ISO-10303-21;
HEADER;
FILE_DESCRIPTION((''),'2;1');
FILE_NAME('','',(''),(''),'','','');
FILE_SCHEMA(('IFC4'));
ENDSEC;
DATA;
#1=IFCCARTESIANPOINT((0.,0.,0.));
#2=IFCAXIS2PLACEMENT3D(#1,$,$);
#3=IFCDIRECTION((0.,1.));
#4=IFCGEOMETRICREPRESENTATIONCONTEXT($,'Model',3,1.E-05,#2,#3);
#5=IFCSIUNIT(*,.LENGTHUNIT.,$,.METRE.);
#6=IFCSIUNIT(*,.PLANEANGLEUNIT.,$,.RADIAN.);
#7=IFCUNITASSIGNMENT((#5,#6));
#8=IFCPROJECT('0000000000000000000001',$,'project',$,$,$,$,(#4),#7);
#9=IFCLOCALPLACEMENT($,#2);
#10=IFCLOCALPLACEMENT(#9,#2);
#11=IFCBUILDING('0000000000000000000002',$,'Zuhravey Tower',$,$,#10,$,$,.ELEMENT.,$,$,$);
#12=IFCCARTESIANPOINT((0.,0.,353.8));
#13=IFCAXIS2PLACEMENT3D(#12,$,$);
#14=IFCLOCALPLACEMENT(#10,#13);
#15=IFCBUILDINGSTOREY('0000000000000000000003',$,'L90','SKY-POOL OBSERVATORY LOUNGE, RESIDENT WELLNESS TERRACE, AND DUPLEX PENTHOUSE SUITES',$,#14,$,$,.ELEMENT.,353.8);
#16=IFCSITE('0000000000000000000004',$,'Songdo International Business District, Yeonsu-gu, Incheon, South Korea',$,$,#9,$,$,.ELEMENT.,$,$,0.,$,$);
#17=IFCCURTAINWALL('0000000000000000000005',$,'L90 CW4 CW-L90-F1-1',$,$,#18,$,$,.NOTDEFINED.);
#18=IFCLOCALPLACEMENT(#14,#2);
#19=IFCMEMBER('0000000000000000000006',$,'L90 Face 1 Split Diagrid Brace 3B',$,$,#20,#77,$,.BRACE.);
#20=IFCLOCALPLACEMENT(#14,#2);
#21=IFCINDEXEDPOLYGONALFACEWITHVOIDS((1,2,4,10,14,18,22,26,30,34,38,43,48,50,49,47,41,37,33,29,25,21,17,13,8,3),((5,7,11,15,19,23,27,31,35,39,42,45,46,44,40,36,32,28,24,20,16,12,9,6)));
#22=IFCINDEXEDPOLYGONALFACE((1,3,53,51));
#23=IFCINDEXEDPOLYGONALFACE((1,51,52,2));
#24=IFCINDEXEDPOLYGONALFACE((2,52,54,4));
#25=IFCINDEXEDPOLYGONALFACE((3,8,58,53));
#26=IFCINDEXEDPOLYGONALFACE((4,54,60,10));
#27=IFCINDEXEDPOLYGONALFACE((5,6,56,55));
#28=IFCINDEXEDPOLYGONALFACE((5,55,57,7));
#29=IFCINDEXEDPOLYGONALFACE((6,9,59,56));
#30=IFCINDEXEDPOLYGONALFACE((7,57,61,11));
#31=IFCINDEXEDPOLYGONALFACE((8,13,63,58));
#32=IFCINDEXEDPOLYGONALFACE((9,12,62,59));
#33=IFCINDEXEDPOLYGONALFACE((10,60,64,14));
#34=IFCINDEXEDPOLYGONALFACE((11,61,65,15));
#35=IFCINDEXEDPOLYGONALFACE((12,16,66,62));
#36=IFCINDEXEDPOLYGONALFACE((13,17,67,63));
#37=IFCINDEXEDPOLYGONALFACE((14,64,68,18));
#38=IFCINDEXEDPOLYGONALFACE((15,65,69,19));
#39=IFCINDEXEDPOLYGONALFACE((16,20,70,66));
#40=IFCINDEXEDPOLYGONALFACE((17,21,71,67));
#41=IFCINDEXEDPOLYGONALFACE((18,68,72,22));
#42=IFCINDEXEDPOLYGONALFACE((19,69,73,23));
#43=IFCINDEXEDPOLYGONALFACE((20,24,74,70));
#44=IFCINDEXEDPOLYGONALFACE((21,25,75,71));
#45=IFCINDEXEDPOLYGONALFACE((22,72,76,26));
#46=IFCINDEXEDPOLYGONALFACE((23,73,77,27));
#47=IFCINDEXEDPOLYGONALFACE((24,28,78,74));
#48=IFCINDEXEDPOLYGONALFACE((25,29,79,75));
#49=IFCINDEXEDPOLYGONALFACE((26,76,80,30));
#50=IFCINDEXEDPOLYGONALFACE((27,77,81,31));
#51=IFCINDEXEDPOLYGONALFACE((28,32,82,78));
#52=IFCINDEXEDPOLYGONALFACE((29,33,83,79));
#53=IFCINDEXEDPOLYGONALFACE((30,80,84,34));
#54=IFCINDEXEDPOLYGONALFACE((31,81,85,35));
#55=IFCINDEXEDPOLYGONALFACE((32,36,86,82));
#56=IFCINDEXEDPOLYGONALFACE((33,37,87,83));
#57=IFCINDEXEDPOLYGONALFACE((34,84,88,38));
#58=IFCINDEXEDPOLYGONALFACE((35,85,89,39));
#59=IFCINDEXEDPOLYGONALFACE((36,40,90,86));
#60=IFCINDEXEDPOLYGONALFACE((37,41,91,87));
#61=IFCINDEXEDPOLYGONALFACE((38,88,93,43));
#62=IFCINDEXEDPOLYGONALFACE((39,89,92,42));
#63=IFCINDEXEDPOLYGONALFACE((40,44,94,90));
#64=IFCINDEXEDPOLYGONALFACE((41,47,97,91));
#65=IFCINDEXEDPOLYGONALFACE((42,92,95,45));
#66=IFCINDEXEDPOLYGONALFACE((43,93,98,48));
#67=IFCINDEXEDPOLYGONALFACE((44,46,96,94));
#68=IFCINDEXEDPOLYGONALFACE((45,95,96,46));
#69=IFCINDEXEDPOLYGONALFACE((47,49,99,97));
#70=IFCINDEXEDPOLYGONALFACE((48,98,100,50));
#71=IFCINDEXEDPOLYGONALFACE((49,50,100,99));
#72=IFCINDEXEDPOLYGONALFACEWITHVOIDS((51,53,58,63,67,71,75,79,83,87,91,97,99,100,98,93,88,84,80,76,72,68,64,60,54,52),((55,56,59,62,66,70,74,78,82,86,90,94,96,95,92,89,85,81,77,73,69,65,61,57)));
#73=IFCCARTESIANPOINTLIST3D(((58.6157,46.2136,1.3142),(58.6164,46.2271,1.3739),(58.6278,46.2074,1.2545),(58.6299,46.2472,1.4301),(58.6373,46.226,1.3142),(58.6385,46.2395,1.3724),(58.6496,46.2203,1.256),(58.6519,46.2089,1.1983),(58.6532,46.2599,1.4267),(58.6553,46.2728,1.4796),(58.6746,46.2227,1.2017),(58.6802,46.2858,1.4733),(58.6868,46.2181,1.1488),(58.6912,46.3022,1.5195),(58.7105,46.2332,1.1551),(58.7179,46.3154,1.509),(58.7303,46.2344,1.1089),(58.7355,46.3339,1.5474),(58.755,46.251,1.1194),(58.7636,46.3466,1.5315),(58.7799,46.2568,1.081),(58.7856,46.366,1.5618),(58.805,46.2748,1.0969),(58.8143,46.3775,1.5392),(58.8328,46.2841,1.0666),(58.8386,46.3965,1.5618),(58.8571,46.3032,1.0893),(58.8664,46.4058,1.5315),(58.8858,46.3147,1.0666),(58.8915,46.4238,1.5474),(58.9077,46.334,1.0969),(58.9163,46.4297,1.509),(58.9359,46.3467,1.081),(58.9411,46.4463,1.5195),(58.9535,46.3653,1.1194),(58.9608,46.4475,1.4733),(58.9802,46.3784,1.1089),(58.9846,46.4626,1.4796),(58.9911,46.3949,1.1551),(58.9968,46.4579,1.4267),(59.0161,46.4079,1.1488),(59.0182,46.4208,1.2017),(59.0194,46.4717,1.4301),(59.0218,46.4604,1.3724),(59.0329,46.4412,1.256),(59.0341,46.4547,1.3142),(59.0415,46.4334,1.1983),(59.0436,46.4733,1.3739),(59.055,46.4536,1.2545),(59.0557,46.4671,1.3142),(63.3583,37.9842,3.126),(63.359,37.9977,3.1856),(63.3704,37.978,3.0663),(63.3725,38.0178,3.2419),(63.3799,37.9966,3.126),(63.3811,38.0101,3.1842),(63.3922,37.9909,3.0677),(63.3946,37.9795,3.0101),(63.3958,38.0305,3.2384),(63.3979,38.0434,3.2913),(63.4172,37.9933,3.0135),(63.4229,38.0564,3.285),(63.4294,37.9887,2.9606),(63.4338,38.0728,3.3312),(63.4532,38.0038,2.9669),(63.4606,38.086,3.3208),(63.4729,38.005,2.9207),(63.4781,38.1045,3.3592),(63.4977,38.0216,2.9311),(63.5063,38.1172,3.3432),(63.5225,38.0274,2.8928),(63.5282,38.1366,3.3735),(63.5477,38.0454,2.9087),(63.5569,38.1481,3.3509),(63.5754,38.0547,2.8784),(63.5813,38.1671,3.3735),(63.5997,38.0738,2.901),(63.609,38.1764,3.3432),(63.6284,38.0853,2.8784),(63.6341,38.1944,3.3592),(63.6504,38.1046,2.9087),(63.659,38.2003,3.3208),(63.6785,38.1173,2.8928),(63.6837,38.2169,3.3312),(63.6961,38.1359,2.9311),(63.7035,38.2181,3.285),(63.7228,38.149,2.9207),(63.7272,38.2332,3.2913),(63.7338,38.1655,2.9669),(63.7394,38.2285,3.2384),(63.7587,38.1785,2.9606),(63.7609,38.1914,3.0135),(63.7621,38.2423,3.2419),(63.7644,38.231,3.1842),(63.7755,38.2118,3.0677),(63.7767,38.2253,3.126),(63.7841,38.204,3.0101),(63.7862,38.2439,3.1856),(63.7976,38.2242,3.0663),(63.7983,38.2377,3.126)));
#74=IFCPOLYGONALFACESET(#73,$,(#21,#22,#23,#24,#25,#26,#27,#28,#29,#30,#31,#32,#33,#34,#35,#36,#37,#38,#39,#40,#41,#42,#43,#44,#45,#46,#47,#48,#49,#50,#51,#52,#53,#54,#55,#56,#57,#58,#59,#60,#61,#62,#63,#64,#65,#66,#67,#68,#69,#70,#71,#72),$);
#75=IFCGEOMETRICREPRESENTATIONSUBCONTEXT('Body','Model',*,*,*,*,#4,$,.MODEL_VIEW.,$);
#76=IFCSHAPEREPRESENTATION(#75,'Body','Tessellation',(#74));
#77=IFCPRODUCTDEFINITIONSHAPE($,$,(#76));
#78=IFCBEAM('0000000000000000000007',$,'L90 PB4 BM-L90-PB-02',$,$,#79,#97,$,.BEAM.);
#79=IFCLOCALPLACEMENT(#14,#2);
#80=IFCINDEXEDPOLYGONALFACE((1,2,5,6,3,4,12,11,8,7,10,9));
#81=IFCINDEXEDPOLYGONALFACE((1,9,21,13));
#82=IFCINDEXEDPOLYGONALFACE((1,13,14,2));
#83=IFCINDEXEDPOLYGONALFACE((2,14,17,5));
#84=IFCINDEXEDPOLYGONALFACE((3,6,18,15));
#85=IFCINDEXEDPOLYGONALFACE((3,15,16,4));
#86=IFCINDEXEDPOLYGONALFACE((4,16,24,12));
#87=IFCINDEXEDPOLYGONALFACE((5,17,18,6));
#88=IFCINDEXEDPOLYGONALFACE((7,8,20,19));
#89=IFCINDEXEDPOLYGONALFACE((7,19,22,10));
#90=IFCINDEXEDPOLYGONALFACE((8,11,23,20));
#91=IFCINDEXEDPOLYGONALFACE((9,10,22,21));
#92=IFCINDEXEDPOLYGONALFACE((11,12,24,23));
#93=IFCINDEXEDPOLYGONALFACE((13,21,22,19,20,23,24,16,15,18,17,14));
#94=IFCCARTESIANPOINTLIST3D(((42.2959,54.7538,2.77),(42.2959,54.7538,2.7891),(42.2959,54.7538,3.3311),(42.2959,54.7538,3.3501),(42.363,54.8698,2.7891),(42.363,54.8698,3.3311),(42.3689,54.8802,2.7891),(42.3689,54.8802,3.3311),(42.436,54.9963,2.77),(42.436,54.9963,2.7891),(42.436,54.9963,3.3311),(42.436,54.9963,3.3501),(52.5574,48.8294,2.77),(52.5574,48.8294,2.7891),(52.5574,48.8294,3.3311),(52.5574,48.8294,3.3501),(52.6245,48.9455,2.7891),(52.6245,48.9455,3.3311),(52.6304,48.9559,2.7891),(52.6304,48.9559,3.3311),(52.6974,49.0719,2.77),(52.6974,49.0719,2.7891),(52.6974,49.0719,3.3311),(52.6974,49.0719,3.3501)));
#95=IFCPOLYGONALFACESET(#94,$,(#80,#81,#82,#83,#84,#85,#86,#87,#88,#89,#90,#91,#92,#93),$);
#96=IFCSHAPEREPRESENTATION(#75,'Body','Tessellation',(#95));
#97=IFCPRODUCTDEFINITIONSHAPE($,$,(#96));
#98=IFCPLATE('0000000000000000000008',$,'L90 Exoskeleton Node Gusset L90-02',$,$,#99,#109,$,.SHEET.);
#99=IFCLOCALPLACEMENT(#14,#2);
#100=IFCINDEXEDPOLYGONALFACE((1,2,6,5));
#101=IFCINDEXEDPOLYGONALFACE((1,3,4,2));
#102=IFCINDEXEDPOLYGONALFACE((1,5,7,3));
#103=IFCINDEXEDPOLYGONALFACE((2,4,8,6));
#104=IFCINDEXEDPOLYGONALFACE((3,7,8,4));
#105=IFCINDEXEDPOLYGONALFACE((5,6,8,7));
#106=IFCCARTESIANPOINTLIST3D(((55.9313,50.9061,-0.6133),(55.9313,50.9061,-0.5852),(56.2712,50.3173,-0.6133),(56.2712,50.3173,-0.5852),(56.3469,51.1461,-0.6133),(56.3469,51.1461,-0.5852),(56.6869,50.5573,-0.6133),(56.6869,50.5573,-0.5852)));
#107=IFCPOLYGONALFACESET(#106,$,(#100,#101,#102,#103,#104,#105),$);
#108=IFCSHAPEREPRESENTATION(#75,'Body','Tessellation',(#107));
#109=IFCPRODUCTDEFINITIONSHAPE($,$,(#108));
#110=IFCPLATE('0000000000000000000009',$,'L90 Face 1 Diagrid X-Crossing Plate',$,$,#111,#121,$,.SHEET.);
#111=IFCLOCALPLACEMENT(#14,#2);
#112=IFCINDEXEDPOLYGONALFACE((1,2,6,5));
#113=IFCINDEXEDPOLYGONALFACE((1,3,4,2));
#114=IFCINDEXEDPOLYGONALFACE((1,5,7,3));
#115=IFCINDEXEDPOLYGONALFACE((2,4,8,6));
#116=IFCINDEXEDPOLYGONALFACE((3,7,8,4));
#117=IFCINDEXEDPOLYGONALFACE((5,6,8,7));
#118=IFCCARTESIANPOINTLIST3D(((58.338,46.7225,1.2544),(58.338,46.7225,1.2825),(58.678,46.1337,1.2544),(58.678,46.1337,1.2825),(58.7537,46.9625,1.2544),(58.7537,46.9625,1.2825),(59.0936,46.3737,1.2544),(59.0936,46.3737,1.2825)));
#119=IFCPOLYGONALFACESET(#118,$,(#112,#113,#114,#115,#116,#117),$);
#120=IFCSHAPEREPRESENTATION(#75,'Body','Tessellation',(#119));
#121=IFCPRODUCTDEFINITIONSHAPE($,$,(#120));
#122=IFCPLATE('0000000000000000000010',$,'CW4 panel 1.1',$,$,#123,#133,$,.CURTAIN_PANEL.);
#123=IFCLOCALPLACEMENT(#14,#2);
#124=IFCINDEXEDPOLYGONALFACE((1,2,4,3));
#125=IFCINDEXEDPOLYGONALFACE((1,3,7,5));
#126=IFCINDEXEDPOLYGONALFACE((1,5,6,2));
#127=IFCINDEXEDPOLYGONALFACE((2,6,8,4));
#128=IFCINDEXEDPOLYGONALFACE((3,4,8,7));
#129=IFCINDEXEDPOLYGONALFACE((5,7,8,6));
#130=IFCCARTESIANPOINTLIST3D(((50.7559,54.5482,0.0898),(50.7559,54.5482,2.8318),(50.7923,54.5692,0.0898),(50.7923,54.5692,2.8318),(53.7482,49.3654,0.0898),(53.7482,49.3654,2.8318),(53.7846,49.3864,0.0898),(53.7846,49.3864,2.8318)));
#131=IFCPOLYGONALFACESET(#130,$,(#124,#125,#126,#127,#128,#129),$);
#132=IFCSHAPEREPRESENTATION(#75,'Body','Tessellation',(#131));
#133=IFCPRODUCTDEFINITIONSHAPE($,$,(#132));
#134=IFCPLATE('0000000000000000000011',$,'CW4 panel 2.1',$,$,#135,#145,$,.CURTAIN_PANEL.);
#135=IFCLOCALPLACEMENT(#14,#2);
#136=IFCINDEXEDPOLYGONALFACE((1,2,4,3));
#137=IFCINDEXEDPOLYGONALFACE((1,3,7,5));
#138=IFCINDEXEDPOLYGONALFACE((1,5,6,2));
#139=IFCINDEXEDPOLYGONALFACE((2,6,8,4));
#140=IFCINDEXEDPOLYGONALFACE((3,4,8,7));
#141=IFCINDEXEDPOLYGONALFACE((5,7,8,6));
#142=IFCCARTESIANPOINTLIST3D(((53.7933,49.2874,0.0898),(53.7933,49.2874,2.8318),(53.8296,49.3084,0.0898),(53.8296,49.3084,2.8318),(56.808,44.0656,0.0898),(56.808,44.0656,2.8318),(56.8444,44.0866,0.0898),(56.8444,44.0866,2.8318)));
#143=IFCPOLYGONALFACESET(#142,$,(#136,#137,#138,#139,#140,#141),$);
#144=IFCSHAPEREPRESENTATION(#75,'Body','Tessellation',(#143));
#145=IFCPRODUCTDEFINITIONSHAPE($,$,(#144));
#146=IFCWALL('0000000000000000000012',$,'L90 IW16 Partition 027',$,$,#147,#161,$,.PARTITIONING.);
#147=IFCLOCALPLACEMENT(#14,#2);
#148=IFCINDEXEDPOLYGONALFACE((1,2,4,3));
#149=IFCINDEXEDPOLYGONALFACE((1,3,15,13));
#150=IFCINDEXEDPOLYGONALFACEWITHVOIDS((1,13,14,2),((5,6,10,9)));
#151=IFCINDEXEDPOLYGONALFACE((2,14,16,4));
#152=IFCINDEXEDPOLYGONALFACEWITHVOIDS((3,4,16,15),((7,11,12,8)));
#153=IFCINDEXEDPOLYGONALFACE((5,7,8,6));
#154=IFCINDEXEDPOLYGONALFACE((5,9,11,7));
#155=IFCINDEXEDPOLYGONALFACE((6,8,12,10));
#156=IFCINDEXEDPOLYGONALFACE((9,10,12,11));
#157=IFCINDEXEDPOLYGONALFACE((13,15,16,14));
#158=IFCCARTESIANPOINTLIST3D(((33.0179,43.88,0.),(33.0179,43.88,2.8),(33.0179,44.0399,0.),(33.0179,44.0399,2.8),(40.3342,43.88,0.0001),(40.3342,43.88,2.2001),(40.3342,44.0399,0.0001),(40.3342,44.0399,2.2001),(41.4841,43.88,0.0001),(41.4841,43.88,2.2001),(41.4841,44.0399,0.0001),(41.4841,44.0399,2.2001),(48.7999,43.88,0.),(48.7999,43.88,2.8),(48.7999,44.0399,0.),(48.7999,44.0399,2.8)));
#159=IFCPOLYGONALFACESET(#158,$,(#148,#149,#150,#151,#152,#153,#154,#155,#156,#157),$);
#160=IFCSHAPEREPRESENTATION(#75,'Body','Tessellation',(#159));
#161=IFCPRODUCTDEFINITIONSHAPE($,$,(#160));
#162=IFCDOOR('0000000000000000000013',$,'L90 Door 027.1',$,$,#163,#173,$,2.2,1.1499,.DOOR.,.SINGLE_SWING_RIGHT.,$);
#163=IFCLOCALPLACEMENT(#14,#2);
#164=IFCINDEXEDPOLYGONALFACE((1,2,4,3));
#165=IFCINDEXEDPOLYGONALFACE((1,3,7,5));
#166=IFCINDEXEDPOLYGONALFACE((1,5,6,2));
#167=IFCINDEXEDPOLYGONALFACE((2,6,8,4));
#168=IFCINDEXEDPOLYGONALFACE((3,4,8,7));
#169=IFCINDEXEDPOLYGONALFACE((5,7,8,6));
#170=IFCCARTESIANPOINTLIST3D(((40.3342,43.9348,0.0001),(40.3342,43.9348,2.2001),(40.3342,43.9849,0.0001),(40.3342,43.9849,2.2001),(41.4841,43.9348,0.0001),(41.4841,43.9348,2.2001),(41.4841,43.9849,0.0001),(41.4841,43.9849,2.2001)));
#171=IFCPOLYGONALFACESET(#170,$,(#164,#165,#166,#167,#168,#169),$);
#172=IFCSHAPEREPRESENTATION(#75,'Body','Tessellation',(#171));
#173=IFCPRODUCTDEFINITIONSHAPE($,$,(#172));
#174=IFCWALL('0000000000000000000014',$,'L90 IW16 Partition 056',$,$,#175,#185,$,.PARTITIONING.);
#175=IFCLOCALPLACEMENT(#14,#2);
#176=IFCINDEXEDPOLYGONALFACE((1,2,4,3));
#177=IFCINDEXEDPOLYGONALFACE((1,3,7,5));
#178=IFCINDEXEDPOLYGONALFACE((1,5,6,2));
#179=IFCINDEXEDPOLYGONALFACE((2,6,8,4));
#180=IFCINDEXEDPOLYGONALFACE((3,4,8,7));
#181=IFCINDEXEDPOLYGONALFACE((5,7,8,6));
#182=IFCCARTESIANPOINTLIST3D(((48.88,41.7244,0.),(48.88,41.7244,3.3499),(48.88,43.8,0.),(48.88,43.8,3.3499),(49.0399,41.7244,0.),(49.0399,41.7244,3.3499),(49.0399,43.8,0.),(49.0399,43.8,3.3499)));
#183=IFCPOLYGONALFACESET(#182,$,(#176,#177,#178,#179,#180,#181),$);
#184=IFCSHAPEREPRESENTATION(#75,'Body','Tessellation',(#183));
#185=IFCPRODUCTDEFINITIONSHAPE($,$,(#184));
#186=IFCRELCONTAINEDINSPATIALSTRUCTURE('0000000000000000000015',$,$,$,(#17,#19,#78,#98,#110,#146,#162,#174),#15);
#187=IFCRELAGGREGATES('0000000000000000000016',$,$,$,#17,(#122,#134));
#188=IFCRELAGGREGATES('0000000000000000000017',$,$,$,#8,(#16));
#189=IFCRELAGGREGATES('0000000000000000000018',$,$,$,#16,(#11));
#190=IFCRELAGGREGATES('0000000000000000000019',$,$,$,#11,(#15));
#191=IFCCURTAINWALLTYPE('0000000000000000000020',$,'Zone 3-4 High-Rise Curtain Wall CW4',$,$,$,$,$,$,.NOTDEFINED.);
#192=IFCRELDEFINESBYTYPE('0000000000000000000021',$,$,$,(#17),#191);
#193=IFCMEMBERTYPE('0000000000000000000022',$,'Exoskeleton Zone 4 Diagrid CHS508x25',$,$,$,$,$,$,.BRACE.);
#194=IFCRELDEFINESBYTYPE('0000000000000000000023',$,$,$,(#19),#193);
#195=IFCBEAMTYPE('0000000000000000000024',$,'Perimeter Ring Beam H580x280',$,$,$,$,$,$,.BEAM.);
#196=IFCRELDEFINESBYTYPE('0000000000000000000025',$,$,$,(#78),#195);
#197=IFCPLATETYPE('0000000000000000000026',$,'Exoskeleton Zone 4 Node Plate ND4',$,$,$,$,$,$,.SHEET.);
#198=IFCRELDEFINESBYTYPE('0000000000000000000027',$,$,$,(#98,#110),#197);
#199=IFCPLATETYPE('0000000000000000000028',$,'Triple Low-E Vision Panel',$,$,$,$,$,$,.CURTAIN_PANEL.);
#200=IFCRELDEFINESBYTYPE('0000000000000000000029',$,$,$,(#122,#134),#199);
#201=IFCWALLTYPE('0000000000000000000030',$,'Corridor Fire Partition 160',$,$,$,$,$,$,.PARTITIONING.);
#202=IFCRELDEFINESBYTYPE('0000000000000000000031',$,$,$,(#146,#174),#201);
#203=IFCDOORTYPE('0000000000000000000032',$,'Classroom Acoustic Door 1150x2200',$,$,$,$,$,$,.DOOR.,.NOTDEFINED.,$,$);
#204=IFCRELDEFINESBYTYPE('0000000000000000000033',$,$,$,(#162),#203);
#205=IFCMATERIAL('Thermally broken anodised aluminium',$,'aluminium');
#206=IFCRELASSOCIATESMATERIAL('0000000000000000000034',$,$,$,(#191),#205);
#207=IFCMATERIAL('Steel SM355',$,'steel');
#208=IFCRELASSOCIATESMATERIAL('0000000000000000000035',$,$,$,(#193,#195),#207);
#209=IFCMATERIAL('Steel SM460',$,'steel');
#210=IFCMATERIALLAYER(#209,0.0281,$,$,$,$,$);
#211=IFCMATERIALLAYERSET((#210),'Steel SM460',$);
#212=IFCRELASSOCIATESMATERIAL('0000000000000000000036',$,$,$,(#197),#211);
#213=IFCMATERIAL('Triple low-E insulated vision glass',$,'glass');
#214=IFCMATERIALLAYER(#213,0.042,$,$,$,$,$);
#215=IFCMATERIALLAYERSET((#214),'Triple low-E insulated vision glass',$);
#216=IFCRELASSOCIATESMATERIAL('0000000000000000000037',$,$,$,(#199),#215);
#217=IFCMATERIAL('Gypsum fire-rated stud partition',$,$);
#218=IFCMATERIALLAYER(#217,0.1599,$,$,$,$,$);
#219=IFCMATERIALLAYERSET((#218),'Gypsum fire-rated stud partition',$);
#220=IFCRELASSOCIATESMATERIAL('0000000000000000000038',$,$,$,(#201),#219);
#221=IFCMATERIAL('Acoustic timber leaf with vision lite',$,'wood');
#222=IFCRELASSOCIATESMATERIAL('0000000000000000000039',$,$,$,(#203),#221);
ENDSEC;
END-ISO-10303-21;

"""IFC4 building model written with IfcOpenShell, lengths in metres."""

from ifc_helpers import new_model, si_unit, direction, frame, frame_2d, origin, origin_2d, place, context, subcontext, project, spatial, rectangle, hollow_circle, i_section, extrude, material, layer, layer_set, material_profile, profile_set, type_object, element, fill, aggregate, save


model = new_model("IFC4")

# Units and contexts
model_context = context("Model", 3, precision=1e-05, world=origin(), true_north=direction((0.0, 1.0)))
body_context = subcontext(model_context, "Body", "Model", "MODEL_VIEW")
ifc_project = project(units=[si_unit("LENGTHUNIT", "METRE"), si_unit("PLANEANGLEUNIT", "RADIAN")], contexts=[model_context])

# Site, building, storey
site_placement = place(None, origin())
site = spatial("IfcSite", under=ifc_project, at=site_placement, Name="Songdo International Business District, Yeonsu-gu, Incheon, South Korea", CompositionType="ELEMENT", RefElevation=0.0)
building_placement = place(site_placement, origin())
building = spatial("IfcBuilding", under=site, at=building_placement, Name="Zuhravey Tower", CompositionType="ELEMENT")
storey_placement = place(building_placement, frame((0.0, 0.0, 353.8)))
storey = spatial("IfcBuildingStorey", under=building, at=storey_placement, Name="L90", Description="SKY-POOL OBSERVATORY LOUNGE, RESIDENT WELLNESS TERRACE, AND DUPLEX PENTHOUSE SUITES", CompositionType="ELEMENT", Elevation=353.8)

# Shared definitions
ifc_material_1 = material(Name="Thermally broken anodised aluminium", Category="aluminium")
curtain_wall_type = type_object("IfcCurtainWallType", Name="Zone 3-4 High-Rise Curtain Wall CW4", PredefinedType="NOTDEFINED", material=ifc_material_1)

# Curtain wall
curtain_wall_1_placement = place(storey_placement, origin())
curtain_wall_1 = element("IfcCurtainWall", 1, at=curtain_wall_1_placement, inside=storey, type_object=curtain_wall_type, Name="L90 CW4 CW-L90-F1-1", PredefinedType="NOTDEFINED")

# Shared definitions
ifc_material_2 = material(Name="Steel SM460", Category="steel")

# Member
ifc_material_3 = material(Name="Steel SM355", Category="steel")
ifc_material_profile_1 = material_profile(ifc_material_3, hollow_circle(Radius=0.2539, WallThickness=0.0249, at=origin_2d()), Name="CHS-508.0x25")
ifc_profile_set_1 = profile_set([ifc_material_profile_1], Name="Steel SM355")
member_type_1 = type_object("IfcMemberType", Name="Exoskeleton Zone 4 Diagrid CHS508x25", PredefinedType="BRACE", material=ifc_profile_set_1)
member_1_placement = place(storey_placement, frame((58.8357, 46.3403, 1.3142), z_axis=(0.490476, -0.851074, 0.187369), x_axis=(0.866418, 0.499319, 0.0)))
element("IfcMember", 2, at=member_1_placement, inside=storey, type_object=member_type_1, Name="L90 Face 1 Split Diagrid Brace 3B", PredefinedType="BRACE", context=body_context, shape_type="SweptSolid", body=[
    extrude(hollow_circle(Radius=0.2539, WallThickness=0.0249, at=origin_2d()), origin(), (0.0, 0.0, 1.0), 9.6694),
])

# Beam
ifc_material_profile_2 = material_profile(ifc_material_3, i_section(OverallWidth=0.28, OverallDepth=0.5801, WebThickness=0.012, FlangeThickness=0.019, at=origin_2d()), Name="H-580x280x12x19")
ifc_profile_set_2 = profile_set([ifc_material_profile_2], Name="Steel SM355")
beam_type_1 = type_object("IfcBeamType", Name="Perimeter Ring Beam H580x280", PredefinedType="BEAM", material=ifc_profile_set_2)
beam_1_placement = place(storey_placement, frame((52.6274, 48.9507, 3.0601), z_axis=(-0.866031, 0.499991, 0.0), x_axis=(-0.499991, -0.866031, 0.0)))
element("IfcBeam", 3, at=beam_1_placement, inside=storey, type_object=beam_type_1, Name="L90 PB4 BM-L90-PB-02", PredefinedType="BEAM", context=body_context, shape_type="SweptSolid", body=[
    extrude(i_section(OverallWidth=0.28, OverallDepth=0.5801, WebThickness=0.012, FlangeThickness=0.019, at=origin_2d()), origin(), (0.0, 0.0, 1.0), 11.8489),
])

# Plates
ifc_layer_1 = layer(ifc_material_2, 0.0281)
ifc_layer_set_1 = layer_set([ifc_layer_1], Name="Steel SM460")
plate_type_1 = type_object("IfcPlateType", Name="Exoskeleton Zone 4 Node Plate ND4", PredefinedType="SHEET", material=ifc_layer_set_1)
for number, where, z_axis, x_axis, name in (
    (4, (56.3091, 50.7317, -0.6133), (0.0, 0.0, 1.0), (-0.5, 0.866025, 0.0), "L90 Exoskeleton Node Gusset L90-02"),
    (5, (58.7158, 46.5481, 1.2544), (0.0, 0.0, 1.0), (-0.5, 0.866025, 0.0), "L90 Face 1 Diagrid X-Crossing Plate"),
):
    element("IfcPlate", number, at=place(storey_placement, frame(where, z_axis=z_axis, x_axis=x_axis)), inside=storey, type_object=plate_type_1, Name=name, PredefinedType="SHEET", context=body_context, shape_type="SweptSolid", body=[
        extrude(rectangle(XDim=0.6799, YDim=0.48, at=origin_2d()), origin(), (0.0, 0.0, 1.0), 0.0281),
    ])

# Plates
ifc_material_4 = material(Name="Triple low-E insulated vision glass", Category="glass")
ifc_layer_2 = layer(ifc_material_4, 0.042)
ifc_layer_set_2 = layer_set([ifc_layer_2], Name="Triple low-E insulated vision glass")
plate_type_2 = type_object("IfcPlateType", Name="Triple Low-E Vision Panel", PredefinedType="CURTAIN_PANEL", material=ifc_layer_set_2)
plate_1_placement = place(storey_placement, frame((52.2703, 51.9673, 0.0898), z_axis=(0.0, 0.0, 1.0), x_axis=(0.5, -0.866026, 0.0)))
plate_1 = element("IfcPlate", 6, at=plate_1_placement, type_object=plate_type_2, Name="CW4 panel 1.1", PredefinedType="CURTAIN_PANEL", context=body_context, shape_type="SweptSolid", body=[
    extrude(rectangle(XDim=5.9846, YDim=0.042, at=origin_2d()), origin(), (0.0, 0.0, 1.0), 2.7419),
])
plate_2_placement = place(storey_placement, frame((55.3188, 46.687, 0.0898), z_axis=(0.0, 0.0, 1.0), x_axis=(0.5, -0.866026, 0.0)))
plate_2 = element("IfcPlate", 7, at=plate_2_placement, type_object=plate_type_2, Name="CW4 panel 2.1", PredefinedType="CURTAIN_PANEL", context=body_context, shape_type="SweptSolid", body=[
    extrude(rectangle(XDim=6.0295, YDim=0.042, at=origin_2d()), origin(), (0.0, 0.0, 1.0), 2.7419),
])
aggregate(curtain_wall_1, [plate_1, plate_2])

# Wall, opening, door
ifc_material_5 = material(Name="Gypsum fire-rated stud partition")
ifc_layer_3 = layer(ifc_material_5, 0.1599)
ifc_layer_set_3 = layer_set([ifc_layer_3], Name="Gypsum fire-rated stud partition")
wall_type_1 = type_object("IfcWallType", Name="Corridor Fire Partition 160", PredefinedType="PARTITIONING", material=ifc_layer_set_3)
wall_1_placement = place(storey_placement, frame((48.8, 43.96, 0.0), z_axis=(0.0, 0.0, 1.0), x_axis=(-1.0, 0.0, 0.0)))
wall_1 = element("IfcWall", 8, at=wall_1_placement, inside=storey, type_object=wall_type_1, Name="L90 IW16 Partition 027", PredefinedType="PARTITIONING", context=body_context, shape_type="SweptSolid", body=[
    extrude(rectangle(XDim=15.782, YDim=0.1599, at=frame_2d((7.8911, 0.0))), origin(), (0.0, 0.0, 1.0), 2.8),
])
opening_placement = place(wall_1_placement, frame((7.3159, 0.0, 0.0)))
opening = element("IfcOpeningElement", 9, at=opening_placement, cuts=wall_1, PredefinedType="OPENING", context=body_context, shape_type="SweptSolid", body=[
    extrude(rectangle(XDim=1.1499, YDim=2.2, at=frame_2d((0.575, 1.1001))), frame((0.0, 0.092, 0.0), z_axis=(0.0, -1.0, 0.0), x_axis=(1.0, 0.0, 0.0)), (0.0, 0.0, 1.0), 0.1838),
])
ifc_material_6 = material(Name="Acoustic timber leaf with vision lite", Category="wood")
door_type = type_object("IfcDoorType", Name="Classroom Acoustic Door 1150x2200", OperationType="NOTDEFINED", PredefinedType="DOOR", material=ifc_material_6)
door_placement = place(opening_placement, frame((1.1499, 0.0, 0.0), z_axis=(0.0, 0.0, 1.0), x_axis=(-1.0, 0.0, 0.0)))
door = element("IfcDoor", 10, at=door_placement, inside=storey, type_object=door_type, Name="L90 Door 027.1", OperationType="SINGLE_SWING_RIGHT", OverallHeight=2.2, OverallWidth=1.1499, PredefinedType="DOOR", context=body_context, shape_type="SweptSolid", body=[
    extrude(rectangle(XDim=1.1499, YDim=2.2, at=frame_2d((0.575, 1.1001))), frame((0.0, 0.0249, 0.0), z_axis=(0.0, -1.0, 0.0), x_axis=(1.0, 0.0, 0.0)), (0.0, 0.0, 1.0), 0.05),
])
fill(opening, door)

# Wall
wall_2_placement = place(storey_placement, frame((48.96, 41.7244, 0.0), z_axis=(0.0, 0.0, 1.0), x_axis=(0.0, 1.0, 0.0)))
element("IfcWall", 11, at=wall_2_placement, inside=storey, type_object=wall_type_1, Name="L90 IW16 Partition 056", PredefinedType="PARTITIONING", context=body_context, shape_type="SweptSolid", body=[
    extrude(rectangle(XDim=2.0757, YDim=0.1599, at=frame_2d((1.0378, 0.0))), origin(), (0.0, 0.0, 1.0), 3.3499),
])

save(model, "model.ifc")
